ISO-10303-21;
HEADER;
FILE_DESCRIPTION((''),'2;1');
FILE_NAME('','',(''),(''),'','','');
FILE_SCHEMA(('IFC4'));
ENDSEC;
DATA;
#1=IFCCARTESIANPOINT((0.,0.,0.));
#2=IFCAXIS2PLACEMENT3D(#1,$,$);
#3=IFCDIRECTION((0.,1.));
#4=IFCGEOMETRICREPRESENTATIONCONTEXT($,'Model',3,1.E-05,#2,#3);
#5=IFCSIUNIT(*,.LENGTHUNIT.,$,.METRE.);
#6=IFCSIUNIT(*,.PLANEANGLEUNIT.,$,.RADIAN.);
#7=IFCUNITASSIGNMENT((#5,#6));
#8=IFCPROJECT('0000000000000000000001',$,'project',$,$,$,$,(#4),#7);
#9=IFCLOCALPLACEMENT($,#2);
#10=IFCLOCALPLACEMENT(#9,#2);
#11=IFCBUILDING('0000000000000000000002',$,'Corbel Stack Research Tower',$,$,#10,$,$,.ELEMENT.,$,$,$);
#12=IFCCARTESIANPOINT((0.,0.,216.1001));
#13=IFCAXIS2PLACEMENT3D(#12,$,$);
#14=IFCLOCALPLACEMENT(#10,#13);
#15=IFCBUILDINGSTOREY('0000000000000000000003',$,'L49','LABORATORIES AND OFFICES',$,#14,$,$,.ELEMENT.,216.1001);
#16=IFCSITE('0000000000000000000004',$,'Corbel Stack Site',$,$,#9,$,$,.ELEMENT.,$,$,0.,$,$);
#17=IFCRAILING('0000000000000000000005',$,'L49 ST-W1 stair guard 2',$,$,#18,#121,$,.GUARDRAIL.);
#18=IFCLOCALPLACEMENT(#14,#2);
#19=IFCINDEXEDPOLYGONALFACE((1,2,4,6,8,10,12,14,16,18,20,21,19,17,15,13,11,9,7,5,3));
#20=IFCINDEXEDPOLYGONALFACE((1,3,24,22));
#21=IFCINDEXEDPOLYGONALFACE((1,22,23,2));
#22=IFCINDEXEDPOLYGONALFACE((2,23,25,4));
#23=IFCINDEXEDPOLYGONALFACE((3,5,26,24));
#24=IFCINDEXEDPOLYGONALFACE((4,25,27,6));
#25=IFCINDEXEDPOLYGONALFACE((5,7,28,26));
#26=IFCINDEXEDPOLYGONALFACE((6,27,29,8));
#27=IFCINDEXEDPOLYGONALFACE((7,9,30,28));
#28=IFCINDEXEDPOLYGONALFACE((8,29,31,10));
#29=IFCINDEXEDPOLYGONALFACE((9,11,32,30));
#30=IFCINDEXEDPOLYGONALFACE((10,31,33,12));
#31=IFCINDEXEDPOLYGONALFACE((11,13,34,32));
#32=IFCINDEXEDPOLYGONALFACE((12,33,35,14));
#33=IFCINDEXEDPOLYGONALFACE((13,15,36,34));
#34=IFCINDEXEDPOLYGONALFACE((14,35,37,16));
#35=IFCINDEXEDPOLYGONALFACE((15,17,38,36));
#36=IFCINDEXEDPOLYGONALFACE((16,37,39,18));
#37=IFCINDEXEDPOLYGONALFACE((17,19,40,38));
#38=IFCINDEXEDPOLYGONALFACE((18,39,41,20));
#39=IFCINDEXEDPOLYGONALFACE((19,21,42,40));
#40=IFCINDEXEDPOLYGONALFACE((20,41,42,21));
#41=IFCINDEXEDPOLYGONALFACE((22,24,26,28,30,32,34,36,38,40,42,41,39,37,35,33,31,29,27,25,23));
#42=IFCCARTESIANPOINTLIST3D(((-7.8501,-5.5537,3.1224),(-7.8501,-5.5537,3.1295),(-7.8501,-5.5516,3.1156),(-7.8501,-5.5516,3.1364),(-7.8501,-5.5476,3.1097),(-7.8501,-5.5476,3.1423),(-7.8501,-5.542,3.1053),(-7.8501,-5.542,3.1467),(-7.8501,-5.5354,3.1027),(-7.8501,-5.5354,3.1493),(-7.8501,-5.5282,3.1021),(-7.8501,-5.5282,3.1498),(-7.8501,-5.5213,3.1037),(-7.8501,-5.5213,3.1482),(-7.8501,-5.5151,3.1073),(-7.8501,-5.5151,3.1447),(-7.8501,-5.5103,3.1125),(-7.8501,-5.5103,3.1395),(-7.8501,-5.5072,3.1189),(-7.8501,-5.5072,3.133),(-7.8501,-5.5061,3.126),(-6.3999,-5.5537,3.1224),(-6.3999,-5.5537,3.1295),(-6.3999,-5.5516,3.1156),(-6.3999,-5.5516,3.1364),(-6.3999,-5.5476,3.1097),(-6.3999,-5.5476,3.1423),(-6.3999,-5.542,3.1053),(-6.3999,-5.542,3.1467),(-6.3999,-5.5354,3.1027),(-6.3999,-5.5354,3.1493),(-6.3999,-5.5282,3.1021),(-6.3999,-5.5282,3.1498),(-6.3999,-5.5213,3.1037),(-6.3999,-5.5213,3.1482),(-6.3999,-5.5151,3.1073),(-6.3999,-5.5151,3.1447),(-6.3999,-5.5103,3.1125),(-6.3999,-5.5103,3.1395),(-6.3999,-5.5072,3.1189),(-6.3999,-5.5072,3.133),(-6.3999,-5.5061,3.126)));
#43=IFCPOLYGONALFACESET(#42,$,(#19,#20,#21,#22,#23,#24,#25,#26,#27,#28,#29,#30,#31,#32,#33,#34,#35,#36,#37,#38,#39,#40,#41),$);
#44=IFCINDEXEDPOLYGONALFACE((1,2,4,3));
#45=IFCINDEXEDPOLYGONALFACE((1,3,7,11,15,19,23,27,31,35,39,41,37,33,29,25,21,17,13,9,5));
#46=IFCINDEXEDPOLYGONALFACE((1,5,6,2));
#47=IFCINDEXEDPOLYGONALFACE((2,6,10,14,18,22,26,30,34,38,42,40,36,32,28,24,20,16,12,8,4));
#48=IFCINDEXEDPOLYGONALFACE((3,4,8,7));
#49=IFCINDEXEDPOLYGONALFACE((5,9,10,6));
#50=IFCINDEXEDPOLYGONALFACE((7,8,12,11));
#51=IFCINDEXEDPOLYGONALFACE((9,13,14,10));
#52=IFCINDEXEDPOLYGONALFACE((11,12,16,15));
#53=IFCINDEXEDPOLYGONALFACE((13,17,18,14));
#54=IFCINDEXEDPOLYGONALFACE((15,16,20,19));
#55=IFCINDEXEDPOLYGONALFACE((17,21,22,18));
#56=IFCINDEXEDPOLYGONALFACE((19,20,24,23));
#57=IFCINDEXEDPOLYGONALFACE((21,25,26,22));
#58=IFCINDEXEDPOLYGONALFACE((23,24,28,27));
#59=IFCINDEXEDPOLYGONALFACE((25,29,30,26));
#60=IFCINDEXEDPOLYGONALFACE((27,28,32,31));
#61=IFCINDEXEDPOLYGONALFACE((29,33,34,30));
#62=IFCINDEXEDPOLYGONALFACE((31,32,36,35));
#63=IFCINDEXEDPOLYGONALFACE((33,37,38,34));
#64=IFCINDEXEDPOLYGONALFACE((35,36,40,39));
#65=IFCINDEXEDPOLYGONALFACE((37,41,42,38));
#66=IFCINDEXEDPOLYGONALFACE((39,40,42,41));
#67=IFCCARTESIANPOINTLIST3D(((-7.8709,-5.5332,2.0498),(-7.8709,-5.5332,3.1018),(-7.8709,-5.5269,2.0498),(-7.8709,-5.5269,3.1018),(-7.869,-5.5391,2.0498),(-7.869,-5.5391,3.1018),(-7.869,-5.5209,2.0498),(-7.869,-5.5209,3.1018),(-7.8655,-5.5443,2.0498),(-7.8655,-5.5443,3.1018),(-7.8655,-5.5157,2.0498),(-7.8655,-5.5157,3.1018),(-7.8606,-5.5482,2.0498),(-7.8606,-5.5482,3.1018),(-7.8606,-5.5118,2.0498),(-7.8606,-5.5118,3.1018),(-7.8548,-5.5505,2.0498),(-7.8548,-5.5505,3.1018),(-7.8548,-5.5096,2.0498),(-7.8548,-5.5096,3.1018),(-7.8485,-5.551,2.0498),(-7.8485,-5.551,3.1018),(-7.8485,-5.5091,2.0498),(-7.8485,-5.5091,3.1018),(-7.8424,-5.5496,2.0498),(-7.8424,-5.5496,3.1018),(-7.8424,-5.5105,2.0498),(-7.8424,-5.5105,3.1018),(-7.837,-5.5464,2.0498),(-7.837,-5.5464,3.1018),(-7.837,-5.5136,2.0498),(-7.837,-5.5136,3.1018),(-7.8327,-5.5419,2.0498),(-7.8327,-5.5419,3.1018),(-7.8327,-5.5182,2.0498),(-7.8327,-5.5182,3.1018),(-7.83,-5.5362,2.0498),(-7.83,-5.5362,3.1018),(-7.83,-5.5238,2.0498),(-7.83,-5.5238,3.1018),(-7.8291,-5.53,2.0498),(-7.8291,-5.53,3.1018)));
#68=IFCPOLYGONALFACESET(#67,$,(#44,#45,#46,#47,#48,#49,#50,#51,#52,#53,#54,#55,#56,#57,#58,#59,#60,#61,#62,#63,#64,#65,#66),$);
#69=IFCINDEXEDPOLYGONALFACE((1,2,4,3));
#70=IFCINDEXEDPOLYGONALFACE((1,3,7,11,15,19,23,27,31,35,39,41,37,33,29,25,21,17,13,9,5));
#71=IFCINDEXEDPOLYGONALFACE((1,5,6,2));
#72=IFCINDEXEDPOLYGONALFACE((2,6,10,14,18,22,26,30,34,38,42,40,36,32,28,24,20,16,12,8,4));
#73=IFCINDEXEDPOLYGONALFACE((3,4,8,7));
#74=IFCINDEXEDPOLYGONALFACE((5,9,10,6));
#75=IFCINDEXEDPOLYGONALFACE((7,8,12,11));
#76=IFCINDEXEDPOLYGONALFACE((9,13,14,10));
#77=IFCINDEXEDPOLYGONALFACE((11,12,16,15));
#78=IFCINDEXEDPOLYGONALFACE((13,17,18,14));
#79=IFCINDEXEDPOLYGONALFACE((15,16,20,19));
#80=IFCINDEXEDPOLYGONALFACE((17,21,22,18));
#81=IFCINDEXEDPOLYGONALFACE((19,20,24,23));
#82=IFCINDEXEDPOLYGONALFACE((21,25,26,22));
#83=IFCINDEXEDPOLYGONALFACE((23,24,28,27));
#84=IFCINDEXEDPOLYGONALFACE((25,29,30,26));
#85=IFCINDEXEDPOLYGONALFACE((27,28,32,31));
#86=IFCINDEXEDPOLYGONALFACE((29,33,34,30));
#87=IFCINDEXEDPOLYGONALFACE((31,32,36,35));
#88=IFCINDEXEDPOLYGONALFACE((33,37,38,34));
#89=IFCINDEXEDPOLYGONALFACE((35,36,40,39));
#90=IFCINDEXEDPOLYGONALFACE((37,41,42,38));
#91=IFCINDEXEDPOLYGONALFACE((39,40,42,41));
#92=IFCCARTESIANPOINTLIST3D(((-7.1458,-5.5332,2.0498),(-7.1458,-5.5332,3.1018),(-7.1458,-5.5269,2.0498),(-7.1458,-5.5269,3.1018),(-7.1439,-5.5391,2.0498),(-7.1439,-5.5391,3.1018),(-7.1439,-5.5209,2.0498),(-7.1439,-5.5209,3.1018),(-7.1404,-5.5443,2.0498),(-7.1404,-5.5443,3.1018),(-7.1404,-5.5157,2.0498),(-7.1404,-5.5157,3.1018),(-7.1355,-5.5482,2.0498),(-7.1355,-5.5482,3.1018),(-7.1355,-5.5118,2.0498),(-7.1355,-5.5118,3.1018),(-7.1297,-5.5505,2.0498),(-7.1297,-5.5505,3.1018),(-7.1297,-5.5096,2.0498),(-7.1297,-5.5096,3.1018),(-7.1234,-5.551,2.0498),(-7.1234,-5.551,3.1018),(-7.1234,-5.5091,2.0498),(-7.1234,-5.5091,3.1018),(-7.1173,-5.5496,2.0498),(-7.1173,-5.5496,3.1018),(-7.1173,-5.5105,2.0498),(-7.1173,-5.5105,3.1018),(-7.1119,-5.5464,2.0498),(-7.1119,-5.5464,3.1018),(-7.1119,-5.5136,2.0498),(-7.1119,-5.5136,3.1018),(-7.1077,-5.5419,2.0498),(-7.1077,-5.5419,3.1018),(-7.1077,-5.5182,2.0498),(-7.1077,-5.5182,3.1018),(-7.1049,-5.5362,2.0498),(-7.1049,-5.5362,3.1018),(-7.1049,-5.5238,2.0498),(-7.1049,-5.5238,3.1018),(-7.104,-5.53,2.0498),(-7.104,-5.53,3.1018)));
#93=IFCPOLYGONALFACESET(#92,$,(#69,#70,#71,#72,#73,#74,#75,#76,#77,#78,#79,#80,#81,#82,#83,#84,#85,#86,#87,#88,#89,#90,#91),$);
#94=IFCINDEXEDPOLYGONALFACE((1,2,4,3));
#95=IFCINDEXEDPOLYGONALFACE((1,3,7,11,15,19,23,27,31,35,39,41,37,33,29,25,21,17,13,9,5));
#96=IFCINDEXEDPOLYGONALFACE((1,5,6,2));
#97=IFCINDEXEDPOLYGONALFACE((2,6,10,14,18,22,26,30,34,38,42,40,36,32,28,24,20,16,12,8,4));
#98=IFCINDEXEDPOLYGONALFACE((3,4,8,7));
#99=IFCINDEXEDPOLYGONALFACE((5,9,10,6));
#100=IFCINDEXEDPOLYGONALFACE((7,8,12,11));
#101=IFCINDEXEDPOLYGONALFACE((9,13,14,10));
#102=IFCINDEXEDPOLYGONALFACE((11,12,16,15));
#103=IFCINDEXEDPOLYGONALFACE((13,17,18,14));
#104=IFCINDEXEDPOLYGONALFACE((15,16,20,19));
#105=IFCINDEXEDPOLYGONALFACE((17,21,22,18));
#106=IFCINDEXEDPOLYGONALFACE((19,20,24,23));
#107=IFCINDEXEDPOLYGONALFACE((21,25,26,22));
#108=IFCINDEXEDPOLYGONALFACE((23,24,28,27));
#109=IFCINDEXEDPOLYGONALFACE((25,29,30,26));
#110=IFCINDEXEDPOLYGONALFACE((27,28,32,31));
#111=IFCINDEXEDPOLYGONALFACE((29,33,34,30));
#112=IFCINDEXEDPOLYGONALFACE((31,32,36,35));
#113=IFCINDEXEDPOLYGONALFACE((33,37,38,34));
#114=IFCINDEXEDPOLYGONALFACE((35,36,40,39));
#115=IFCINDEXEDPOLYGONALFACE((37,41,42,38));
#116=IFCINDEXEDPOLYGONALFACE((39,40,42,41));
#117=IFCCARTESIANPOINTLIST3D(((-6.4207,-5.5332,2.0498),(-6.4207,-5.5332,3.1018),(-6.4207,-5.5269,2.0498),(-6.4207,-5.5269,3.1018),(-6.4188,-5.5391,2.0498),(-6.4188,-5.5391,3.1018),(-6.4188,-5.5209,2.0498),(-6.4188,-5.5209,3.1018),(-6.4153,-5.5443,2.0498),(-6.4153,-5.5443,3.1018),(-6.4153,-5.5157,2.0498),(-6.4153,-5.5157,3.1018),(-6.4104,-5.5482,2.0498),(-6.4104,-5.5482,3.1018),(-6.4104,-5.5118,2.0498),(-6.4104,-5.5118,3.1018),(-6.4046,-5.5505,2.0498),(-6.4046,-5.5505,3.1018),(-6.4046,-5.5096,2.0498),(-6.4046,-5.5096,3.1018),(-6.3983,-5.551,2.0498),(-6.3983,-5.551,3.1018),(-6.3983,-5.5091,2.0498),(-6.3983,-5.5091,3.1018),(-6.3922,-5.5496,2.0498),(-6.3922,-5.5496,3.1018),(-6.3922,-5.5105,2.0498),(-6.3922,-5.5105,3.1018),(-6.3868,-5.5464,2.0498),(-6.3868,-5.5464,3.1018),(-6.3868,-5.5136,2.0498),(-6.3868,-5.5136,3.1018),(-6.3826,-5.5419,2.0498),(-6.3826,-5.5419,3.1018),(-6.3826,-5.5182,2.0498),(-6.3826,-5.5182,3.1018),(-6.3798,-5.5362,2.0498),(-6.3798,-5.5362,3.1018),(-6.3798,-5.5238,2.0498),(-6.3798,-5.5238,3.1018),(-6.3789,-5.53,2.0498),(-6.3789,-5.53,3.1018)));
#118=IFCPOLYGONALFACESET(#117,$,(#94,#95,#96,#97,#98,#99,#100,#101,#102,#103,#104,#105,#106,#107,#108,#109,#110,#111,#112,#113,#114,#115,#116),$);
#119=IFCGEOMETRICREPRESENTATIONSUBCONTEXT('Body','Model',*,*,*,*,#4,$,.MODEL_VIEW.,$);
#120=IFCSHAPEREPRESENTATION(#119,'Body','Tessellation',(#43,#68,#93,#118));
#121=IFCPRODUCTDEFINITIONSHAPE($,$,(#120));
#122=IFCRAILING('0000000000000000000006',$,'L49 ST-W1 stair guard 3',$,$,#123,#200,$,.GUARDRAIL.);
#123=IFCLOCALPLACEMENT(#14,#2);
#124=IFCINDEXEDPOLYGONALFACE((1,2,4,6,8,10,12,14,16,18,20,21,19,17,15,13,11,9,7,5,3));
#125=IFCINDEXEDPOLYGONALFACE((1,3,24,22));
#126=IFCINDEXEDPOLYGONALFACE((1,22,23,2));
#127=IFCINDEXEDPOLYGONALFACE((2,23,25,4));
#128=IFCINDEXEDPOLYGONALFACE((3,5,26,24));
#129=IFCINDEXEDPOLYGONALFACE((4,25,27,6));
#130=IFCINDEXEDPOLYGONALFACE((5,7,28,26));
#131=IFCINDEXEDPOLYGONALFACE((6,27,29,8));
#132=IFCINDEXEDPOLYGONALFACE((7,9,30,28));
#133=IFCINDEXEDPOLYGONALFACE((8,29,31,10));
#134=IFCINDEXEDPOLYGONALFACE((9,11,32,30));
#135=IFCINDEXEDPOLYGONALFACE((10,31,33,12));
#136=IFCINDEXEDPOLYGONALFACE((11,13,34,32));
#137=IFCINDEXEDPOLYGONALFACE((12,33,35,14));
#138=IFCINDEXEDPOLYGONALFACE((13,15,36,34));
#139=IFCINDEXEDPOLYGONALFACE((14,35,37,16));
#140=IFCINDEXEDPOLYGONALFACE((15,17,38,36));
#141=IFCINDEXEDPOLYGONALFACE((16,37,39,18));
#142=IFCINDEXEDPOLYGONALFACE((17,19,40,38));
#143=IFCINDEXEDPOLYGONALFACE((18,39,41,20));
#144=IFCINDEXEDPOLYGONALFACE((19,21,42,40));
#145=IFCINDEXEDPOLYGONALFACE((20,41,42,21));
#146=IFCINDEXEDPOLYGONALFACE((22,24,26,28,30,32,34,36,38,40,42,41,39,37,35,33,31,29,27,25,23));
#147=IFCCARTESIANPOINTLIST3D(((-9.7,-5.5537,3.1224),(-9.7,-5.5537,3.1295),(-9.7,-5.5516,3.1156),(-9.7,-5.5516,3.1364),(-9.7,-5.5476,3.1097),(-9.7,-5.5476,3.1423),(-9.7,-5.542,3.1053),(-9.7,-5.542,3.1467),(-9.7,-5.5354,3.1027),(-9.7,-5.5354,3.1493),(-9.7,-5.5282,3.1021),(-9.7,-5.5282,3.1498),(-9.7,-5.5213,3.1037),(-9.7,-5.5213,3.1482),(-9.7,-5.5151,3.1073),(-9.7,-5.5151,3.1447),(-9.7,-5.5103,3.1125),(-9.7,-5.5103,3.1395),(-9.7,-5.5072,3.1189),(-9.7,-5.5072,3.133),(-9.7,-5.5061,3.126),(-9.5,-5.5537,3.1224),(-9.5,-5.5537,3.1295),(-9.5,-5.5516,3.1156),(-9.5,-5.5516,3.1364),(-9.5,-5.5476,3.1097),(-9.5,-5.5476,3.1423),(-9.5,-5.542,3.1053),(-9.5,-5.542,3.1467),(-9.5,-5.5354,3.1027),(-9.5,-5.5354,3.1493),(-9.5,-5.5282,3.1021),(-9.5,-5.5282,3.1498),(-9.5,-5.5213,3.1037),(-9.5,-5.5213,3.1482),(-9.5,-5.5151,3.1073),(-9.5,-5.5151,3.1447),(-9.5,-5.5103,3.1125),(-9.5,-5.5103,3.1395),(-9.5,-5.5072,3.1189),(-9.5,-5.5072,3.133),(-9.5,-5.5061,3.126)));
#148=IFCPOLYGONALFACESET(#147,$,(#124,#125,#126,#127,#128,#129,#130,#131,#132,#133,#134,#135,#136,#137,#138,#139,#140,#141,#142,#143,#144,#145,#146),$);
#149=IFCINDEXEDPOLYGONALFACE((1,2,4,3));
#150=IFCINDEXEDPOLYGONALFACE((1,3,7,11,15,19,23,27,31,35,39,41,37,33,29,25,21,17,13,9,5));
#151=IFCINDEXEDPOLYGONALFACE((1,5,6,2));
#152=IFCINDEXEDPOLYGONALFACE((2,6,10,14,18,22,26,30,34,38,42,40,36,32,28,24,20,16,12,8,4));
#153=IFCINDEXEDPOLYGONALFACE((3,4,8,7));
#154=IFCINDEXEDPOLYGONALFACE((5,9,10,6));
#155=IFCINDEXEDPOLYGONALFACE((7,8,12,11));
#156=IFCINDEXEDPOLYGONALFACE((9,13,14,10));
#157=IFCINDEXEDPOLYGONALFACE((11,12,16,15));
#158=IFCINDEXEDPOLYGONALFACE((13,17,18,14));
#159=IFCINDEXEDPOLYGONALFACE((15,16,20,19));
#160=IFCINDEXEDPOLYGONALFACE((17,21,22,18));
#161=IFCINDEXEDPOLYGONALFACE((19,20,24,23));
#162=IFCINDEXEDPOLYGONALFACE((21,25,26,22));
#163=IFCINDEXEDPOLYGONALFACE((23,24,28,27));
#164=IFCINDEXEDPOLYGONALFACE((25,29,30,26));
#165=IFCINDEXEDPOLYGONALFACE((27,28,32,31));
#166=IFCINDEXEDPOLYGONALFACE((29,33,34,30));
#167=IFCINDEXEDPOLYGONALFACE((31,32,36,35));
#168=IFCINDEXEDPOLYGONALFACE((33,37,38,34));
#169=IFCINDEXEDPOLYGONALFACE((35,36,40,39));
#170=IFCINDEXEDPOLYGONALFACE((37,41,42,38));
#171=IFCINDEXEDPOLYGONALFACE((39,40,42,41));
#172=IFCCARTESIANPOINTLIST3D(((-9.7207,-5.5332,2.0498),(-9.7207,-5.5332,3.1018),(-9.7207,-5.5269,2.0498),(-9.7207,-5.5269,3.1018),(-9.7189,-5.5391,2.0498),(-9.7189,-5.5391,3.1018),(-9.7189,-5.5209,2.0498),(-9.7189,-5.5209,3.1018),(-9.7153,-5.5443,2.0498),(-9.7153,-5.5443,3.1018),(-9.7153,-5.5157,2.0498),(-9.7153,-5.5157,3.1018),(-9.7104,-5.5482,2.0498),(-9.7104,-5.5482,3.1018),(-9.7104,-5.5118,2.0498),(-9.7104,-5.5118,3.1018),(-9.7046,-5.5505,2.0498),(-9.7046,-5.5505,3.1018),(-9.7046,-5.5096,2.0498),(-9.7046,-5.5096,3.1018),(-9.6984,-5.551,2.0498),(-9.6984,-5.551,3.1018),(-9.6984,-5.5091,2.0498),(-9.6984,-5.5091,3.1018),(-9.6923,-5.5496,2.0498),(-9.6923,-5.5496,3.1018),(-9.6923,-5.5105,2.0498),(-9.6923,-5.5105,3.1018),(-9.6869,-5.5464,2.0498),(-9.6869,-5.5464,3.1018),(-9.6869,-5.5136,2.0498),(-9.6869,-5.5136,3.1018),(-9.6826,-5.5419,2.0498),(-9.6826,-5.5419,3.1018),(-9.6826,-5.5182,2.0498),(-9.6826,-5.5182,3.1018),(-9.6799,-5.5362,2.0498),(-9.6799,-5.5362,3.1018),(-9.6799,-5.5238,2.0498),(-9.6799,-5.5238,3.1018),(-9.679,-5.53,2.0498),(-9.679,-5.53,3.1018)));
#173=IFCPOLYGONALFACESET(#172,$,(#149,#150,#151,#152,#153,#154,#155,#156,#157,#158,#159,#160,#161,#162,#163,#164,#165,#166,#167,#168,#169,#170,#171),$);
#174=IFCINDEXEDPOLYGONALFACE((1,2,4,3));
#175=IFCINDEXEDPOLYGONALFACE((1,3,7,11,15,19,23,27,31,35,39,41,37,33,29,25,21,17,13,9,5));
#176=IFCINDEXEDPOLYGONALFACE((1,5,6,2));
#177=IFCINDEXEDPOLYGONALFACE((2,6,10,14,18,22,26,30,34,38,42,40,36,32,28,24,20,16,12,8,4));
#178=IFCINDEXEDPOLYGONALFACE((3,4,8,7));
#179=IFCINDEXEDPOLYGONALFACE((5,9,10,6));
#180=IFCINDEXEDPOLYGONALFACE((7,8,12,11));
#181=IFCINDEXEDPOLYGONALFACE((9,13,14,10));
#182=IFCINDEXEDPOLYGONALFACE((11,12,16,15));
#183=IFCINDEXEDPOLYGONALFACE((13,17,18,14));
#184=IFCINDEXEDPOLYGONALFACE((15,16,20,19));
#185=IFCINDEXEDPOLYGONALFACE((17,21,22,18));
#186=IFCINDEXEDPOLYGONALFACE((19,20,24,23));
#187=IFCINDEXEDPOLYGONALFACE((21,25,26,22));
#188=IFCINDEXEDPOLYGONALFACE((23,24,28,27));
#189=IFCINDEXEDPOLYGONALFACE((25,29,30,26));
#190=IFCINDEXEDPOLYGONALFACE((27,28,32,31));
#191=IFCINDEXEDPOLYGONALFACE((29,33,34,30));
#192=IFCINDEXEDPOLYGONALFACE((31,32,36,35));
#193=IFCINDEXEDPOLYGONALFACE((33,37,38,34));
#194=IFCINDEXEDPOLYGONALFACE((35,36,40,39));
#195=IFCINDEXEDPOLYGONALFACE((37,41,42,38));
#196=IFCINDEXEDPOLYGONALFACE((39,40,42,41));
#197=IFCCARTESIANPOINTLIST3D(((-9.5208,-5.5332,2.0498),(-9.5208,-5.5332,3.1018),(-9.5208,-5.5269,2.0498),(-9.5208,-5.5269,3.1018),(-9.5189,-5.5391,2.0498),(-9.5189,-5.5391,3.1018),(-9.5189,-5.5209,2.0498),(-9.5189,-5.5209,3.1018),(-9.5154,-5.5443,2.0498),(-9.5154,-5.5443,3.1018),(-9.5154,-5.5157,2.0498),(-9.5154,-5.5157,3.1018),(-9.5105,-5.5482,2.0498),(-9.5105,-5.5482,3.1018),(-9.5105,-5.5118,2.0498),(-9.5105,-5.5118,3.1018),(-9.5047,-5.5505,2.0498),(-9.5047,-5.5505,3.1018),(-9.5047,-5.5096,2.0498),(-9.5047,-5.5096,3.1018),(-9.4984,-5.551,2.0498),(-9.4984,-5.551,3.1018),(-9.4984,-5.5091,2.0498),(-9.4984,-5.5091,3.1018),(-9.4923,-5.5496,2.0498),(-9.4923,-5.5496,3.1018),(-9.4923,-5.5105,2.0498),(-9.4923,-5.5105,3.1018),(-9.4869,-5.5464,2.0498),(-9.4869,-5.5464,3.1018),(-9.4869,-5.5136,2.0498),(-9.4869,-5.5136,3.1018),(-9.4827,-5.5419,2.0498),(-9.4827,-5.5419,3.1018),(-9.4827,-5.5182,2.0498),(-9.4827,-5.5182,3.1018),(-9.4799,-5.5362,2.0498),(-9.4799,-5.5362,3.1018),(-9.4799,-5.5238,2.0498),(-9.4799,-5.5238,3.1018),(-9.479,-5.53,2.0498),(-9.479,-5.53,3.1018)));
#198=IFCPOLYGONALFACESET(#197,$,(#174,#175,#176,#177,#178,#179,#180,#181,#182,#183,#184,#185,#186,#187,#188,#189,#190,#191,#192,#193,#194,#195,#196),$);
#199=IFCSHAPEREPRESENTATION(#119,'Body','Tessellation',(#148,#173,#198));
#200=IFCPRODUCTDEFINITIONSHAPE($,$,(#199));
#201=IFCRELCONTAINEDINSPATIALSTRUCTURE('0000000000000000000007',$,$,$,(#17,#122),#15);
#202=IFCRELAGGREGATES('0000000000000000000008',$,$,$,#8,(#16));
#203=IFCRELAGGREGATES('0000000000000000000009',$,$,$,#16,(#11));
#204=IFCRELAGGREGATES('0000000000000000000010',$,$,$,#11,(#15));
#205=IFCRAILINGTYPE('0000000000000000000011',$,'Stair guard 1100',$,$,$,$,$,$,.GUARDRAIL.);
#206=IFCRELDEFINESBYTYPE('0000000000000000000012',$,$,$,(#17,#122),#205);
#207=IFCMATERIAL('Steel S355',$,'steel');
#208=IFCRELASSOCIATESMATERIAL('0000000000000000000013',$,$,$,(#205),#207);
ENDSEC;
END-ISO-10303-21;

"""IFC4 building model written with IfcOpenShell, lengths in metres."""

from ifc_helpers import new_model, si_unit, direction, frame, origin, origin_2d, place, context, subcontext, project, spatial, circle, extrude, material, type_object, element, save


model = new_model("IFC4")

# Units and contexts
model_context = context("Model", 3, precision=1e-05, world=origin(), true_north=direction((0.0, 1.0)))
body_context = subcontext(model_context, "Body", "Model", "MODEL_VIEW")
ifc_project = project(units=[si_unit("LENGTHUNIT", "METRE"), si_unit("PLANEANGLEUNIT", "RADIAN")], contexts=[model_context])

# Site, building, storey
site_placement = place(None, origin())
site = spatial("IfcSite", under=ifc_project, at=site_placement, Name="Corbel Stack Site", CompositionType="ELEMENT", RefElevation=0.0)
building_placement = place(site_placement, origin())
building = spatial("IfcBuilding", under=site, at=building_placement, Name="Corbel Stack Research Tower", CompositionType="ELEMENT")
storey_placement = place(building_placement, frame((0.0, 0.0, 216.1001)))
storey = spatial("IfcBuildingStorey", under=building, at=storey_placement, Name="L49", Description="LABORATORIES AND OFFICES", CompositionType="ELEMENT", Elevation=216.1001)

# Railings
ifc_material_1 = material(Name="Steel S355", Category="steel")
railing_type_1 = type_object("IfcRailingType", Name="Stair guard 1100", PredefinedType="GUARDRAIL", material=ifc_material_1)
railing_1_placement = place(storey_placement, frame((-7.8501, -5.53, 2.0498)))
element("IfcRailing", 1, at=railing_1_placement, inside=storey, type_object=railing_type_1, Name="L49 ST-W1 stair guard 2", PredefinedType="GUARDRAIL", context=body_context, shape_type="SweptSolid", body=[
    extrude(circle(Radius=0.0239, at=origin_2d()), frame((0.0, 0.0, 1.0762), z_axis=(1.0, 0.0, 0.0), x_axis=(0.0, 1.0, 0.0)), (0.0, 0.0, 1.0), 1.4502),
    extrude(circle(Radius=0.021, at=origin_2d()), origin(), (0.0, 0.0, 1.0), 1.052),
    extrude(circle(Radius=0.021, at=origin_2d()), frame((0.7251, 0.0, 0.0)), (0.0, 0.0, 1.0), 1.052),
    extrude(circle(Radius=0.021, at=origin_2d()), frame((1.4502, 0.0, 0.0)), (0.0, 0.0, 1.0), 1.052),
])
railing_2_placement = place(storey_placement, frame((-9.7, -5.53, 2.0498)))
element("IfcRailing", 2, at=railing_2_placement, inside=storey, type_object=railing_type_1, Name="L49 ST-W1 stair guard 3", PredefinedType="GUARDRAIL", context=body_context, shape_type="SweptSolid", body=[
    extrude(circle(Radius=0.0239, at=origin_2d()), frame((0.0, 0.0, 1.0762), z_axis=(1.0, 0.0, 0.0), x_axis=(0.0, 1.0, 0.0)), (0.0, 0.0, 1.0), 0.2),
    extrude(circle(Radius=0.021, at=origin_2d()), origin(), (0.0, 0.0, 1.0), 1.052),
    extrude(circle(Radius=0.021, at=origin_2d()), frame((0.2, 0.0, 0.0)), (0.0, 0.0, 1.0), 1.052),
])

save(model, "model.ifc")
